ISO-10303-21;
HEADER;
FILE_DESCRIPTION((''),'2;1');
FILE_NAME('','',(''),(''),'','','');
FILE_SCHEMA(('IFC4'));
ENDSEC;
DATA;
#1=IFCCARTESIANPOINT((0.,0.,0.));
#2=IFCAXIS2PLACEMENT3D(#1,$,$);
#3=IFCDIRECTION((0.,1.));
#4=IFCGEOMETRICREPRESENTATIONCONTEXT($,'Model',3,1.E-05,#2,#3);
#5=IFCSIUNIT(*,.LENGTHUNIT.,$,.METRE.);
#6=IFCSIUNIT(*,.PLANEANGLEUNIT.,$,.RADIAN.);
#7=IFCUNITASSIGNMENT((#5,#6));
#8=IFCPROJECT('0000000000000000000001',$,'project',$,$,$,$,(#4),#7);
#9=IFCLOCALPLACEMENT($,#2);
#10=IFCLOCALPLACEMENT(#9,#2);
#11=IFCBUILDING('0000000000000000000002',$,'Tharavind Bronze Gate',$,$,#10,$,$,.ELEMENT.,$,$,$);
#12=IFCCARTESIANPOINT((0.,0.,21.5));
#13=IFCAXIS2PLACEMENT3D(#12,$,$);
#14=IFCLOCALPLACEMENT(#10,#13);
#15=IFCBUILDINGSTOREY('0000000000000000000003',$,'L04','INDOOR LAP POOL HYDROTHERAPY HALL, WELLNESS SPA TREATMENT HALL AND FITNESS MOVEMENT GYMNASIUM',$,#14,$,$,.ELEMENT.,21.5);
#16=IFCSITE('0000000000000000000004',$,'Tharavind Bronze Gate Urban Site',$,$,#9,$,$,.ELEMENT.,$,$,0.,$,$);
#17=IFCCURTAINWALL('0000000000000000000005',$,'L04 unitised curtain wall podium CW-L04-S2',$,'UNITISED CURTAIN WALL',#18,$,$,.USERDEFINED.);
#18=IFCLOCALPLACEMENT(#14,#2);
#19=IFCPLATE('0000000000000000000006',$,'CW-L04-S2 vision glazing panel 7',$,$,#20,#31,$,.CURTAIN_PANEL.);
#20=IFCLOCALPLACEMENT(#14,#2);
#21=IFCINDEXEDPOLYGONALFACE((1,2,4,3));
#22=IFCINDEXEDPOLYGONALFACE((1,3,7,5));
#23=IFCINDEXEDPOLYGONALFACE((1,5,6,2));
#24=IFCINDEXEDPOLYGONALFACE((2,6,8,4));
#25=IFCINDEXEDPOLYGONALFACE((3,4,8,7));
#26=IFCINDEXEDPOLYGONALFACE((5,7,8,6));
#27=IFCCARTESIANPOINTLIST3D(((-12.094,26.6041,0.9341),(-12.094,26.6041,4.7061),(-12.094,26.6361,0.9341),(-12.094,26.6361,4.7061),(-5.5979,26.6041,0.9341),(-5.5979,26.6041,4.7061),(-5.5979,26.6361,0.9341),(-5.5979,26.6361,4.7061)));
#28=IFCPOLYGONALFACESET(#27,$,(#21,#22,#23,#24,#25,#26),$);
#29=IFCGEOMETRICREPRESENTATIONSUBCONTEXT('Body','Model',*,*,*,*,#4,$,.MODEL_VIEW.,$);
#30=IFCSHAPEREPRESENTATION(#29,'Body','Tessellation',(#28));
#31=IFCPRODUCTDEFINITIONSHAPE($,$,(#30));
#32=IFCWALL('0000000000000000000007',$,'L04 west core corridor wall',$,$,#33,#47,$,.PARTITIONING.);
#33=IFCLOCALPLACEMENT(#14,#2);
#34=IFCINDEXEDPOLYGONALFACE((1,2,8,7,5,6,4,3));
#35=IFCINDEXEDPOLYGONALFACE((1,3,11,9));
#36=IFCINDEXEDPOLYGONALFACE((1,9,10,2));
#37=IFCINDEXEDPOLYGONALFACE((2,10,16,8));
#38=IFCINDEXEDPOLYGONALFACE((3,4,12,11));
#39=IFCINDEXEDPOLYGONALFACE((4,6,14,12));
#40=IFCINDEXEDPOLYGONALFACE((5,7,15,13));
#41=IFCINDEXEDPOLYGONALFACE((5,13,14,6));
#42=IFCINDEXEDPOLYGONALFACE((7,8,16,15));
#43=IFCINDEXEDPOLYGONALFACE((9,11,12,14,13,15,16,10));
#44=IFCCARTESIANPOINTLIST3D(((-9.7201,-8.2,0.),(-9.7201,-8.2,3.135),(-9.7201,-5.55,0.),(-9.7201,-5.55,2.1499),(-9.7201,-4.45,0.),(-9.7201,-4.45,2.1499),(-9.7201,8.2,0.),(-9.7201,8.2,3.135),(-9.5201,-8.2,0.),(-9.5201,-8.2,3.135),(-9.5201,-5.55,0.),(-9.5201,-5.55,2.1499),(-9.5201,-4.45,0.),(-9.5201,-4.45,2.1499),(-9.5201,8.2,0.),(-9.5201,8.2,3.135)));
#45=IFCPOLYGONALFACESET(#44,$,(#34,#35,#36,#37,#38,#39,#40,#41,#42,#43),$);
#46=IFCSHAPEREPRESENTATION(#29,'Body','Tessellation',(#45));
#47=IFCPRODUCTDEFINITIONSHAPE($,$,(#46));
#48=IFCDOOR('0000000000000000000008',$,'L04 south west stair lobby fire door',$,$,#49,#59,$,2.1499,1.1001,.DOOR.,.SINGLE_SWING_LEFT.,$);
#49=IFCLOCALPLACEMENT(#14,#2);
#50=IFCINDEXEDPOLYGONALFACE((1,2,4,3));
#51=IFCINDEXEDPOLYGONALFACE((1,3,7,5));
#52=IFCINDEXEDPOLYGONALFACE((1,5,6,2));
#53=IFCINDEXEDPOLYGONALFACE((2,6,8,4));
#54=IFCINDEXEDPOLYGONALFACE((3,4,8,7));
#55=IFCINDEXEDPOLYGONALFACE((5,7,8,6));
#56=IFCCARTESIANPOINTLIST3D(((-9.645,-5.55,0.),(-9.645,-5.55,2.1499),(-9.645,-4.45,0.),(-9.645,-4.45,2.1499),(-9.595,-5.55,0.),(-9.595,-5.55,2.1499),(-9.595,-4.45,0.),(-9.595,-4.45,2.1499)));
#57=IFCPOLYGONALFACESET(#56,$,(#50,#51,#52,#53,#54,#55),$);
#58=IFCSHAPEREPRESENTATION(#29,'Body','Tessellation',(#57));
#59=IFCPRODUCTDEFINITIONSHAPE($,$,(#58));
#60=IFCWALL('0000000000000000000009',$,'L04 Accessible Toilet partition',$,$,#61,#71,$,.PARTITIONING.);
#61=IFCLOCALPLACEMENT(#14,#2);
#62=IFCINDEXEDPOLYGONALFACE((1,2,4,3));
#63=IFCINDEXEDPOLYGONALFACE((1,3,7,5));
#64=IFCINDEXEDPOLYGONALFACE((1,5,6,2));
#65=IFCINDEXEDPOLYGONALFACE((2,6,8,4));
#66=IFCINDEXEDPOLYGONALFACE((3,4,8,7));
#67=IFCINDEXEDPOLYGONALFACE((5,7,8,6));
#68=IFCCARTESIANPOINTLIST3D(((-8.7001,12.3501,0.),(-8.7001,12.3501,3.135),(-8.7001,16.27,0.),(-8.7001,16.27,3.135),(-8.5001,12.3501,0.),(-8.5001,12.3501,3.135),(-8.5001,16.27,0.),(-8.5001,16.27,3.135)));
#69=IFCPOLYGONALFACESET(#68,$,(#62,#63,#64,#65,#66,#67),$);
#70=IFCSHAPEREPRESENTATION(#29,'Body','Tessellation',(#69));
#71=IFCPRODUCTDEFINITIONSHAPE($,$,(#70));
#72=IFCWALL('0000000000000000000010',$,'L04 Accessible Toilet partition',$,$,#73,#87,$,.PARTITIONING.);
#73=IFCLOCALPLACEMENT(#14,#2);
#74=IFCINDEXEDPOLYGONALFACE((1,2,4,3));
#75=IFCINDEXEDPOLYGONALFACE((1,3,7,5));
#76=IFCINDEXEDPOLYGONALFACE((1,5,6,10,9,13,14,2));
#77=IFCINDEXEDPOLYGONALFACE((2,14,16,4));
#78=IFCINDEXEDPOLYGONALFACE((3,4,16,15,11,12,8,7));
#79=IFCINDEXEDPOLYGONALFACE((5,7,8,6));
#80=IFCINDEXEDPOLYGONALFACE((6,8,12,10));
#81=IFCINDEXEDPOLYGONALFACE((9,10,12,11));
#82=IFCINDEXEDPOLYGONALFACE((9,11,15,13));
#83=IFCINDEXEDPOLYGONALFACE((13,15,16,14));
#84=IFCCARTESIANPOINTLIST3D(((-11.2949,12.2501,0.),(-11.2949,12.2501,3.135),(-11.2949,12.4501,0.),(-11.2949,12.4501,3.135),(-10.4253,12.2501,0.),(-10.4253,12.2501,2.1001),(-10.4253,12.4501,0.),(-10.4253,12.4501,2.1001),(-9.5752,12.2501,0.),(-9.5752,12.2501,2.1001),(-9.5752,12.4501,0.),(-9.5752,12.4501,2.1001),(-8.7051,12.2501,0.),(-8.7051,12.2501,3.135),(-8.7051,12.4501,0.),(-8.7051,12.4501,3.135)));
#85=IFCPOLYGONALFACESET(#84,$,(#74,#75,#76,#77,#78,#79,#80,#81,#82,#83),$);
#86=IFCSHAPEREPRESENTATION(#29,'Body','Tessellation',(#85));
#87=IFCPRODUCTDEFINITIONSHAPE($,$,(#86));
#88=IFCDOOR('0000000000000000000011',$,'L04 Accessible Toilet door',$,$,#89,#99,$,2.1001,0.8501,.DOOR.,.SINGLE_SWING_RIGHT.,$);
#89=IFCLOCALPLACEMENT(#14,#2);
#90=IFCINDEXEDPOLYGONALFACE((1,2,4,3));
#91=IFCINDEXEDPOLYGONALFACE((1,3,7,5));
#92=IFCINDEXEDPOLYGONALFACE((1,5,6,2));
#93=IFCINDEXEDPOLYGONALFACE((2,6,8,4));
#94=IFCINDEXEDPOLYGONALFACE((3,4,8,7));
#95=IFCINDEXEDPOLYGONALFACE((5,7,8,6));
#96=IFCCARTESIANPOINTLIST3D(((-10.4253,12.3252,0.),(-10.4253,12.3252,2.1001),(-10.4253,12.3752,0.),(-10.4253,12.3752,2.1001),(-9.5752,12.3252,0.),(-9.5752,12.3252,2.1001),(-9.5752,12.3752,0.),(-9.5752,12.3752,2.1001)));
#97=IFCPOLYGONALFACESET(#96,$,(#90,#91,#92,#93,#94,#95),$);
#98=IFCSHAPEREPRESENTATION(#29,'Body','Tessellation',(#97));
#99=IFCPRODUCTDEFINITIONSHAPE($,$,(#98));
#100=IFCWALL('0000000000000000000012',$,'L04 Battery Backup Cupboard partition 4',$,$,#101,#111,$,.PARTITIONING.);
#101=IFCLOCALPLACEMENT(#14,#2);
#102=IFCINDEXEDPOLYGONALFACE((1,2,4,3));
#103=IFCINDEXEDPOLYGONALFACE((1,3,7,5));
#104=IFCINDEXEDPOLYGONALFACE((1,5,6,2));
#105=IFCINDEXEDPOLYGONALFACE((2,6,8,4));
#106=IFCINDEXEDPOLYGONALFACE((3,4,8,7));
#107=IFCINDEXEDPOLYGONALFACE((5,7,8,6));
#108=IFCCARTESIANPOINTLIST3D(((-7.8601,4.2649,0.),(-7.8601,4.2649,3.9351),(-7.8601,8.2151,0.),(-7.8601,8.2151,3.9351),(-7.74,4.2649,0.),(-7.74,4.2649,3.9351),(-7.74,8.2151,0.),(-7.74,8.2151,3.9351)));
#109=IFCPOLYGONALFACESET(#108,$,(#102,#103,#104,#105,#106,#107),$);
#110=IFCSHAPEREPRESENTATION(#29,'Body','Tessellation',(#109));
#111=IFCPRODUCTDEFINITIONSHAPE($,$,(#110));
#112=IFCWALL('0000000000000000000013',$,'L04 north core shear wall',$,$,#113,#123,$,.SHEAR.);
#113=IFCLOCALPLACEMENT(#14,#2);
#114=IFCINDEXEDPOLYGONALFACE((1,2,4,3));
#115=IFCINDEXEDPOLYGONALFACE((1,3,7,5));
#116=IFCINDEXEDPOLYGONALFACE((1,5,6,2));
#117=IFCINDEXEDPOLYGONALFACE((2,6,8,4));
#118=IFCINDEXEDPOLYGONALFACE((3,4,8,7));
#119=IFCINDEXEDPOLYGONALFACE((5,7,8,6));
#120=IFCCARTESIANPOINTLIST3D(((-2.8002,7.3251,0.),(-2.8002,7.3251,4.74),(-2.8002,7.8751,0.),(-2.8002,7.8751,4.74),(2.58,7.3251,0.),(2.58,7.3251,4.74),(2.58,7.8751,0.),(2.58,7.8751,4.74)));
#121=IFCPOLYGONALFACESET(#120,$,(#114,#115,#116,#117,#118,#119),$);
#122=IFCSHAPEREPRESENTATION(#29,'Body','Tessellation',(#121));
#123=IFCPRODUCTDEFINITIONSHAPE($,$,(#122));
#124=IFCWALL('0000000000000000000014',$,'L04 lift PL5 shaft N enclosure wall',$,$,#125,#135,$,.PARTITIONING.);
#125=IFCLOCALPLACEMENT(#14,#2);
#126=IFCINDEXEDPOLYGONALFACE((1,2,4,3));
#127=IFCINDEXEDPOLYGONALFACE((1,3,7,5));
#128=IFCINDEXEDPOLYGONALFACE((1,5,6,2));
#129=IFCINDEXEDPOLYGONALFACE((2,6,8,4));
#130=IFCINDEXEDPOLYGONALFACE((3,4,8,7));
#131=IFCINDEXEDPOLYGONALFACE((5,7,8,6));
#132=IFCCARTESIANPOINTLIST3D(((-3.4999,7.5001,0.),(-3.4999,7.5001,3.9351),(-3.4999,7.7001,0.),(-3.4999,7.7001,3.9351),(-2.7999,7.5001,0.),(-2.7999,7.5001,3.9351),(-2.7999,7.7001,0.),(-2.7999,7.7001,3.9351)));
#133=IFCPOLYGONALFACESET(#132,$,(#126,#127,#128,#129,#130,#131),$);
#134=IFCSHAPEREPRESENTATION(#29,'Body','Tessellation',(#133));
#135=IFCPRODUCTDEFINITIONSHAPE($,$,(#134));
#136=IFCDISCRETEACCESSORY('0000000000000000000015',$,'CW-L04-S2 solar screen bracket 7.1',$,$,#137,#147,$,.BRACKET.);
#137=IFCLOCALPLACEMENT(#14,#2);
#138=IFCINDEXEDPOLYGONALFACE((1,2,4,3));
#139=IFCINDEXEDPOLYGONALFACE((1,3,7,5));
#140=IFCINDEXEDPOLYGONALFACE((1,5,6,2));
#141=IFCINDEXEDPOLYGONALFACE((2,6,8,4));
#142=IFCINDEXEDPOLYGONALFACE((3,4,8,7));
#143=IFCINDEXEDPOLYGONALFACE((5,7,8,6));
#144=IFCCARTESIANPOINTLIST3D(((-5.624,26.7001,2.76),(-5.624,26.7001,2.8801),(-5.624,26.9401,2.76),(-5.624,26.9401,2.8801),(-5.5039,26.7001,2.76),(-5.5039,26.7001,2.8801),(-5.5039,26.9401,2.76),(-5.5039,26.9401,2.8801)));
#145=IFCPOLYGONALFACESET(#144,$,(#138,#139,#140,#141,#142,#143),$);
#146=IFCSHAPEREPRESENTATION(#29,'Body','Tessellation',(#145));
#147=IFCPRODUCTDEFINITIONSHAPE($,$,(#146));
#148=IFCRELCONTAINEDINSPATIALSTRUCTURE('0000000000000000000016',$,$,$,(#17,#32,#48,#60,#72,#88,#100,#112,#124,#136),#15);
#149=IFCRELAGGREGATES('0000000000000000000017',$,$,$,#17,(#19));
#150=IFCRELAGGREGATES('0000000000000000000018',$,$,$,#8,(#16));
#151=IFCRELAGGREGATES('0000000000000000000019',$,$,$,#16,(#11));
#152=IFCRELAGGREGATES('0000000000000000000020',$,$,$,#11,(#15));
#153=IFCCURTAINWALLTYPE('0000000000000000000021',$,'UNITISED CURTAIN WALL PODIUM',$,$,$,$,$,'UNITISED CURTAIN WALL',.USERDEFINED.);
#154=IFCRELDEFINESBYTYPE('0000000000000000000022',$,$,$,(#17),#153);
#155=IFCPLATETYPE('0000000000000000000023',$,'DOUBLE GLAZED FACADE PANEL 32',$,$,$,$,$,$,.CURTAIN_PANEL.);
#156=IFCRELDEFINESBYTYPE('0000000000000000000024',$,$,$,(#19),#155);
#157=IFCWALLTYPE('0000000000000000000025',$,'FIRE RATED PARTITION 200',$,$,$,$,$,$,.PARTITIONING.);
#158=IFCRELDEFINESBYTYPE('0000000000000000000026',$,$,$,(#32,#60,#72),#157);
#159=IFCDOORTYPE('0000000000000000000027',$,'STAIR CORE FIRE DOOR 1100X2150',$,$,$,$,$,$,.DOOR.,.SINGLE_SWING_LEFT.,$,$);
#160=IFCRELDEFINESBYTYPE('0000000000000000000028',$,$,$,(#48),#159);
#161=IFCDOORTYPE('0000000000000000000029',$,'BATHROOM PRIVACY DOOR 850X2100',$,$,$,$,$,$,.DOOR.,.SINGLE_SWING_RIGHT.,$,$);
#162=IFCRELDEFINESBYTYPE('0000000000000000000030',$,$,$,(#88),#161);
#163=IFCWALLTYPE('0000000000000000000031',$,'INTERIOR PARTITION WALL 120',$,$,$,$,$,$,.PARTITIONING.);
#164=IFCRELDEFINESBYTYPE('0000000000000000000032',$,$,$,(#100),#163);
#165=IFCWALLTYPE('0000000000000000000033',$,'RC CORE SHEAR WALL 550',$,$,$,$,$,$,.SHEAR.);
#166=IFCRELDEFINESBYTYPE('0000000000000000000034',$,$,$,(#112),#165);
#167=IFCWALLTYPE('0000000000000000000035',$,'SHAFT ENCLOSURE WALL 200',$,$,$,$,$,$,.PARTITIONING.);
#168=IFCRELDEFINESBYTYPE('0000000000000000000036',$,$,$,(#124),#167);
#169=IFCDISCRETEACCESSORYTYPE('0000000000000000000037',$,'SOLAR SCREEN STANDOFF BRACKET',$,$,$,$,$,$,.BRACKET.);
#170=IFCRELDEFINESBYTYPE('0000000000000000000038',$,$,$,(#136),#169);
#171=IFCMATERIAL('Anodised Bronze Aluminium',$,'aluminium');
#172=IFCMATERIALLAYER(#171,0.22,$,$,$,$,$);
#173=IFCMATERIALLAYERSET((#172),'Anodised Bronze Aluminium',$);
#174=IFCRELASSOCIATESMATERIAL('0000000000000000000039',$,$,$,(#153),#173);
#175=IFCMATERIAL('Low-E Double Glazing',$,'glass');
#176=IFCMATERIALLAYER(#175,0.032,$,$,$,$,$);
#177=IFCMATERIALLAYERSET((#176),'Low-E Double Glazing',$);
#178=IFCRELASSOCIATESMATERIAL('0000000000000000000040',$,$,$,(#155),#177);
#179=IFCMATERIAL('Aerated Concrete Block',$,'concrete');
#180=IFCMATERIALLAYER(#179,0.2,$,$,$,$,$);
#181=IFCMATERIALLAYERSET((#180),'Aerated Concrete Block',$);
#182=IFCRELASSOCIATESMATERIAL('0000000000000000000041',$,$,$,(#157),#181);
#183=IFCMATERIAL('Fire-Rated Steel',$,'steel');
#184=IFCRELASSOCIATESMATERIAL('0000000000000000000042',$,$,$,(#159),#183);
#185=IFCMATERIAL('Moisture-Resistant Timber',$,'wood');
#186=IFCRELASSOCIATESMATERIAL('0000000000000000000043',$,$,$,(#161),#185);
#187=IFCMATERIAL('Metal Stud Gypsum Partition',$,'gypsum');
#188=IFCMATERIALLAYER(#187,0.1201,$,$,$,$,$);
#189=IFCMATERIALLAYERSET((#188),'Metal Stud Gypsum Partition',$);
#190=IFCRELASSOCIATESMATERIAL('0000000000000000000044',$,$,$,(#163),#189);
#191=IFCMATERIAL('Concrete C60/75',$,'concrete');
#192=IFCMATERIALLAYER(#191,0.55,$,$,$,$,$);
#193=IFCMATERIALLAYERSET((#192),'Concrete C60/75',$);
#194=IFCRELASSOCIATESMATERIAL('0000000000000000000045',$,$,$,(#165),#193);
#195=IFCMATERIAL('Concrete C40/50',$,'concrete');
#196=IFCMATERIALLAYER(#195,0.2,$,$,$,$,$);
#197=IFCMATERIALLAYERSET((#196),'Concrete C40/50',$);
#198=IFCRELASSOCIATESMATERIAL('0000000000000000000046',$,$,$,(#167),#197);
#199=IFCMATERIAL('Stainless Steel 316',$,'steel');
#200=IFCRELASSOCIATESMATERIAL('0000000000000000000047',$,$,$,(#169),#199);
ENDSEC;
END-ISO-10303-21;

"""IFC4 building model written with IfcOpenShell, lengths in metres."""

from ifc_helpers import new_model, si_unit, direction, frame, frame_2d, origin, origin_2d, place, context, subcontext, project, spatial, rectangle, extrude, material, layer, layer_set, type_object, element, fill, aggregate, save


model = new_model("IFC4")

# Units and contexts
model_context = context("Model", 3, precision=1e-05, world=origin(), true_north=direction((0.0, 1.0)))
body_context = subcontext(model_context, "Body", "Model", "MODEL_VIEW")
ifc_project = project(units=[si_unit("LENGTHUNIT", "METRE"), si_unit("PLANEANGLEUNIT", "RADIAN")], contexts=[model_context])

# Site, building, storey
site_placement = place(None, origin())
site = spatial("IfcSite", under=ifc_project, at=site_placement, Name="Tharavind Bronze Gate Urban Site", CompositionType="ELEMENT", RefElevation=0.0)
building_placement = place(site_placement, origin())
building = spatial("IfcBuilding", under=site, at=building_placement, Name="Tharavind Bronze Gate", CompositionType="ELEMENT")
storey_placement = place(building_placement, frame((0.0, 0.0, 21.5)))
storey = spatial("IfcBuildingStorey", under=building, at=storey_placement, Name="L04", Description="INDOOR LAP POOL HYDROTHERAPY HALL, WELLNESS SPA TREATMENT HALL AND FITNESS MOVEMENT GYMNASIUM", CompositionType="ELEMENT", Elevation=21.5)

# Curtain wall
ifc_material_1 = material(Name="Anodised Bronze Aluminium", Category="aluminium")
ifc_layer_1 = layer(ifc_material_1, 0.22)
ifc_layer_set_1 = layer_set([ifc_layer_1], Name="Anodised Bronze Aluminium")
curtain_wall_type = type_object("IfcCurtainWallType", Name="UNITISED CURTAIN WALL PODIUM", ElementType="UNITISED CURTAIN WALL", PredefinedType="USERDEFINED", material=ifc_layer_set_1)
curtain_wall_placement = place(storey_placement, origin())
curtain_wall = element("IfcCurtainWall", 1, at=curtain_wall_placement, inside=storey, type_object=curtain_wall_type, Name="L04 unitised curtain wall podium CW-L04-S2", ObjectType="UNITISED CURTAIN WALL", PredefinedType="USERDEFINED")

# Plate
ifc_material_2 = material(Name="Low-E Double Glazing", Category="glass")
ifc_layer_2 = layer(ifc_material_2, 0.032)
ifc_layer_set_2 = layer_set([ifc_layer_2], Name="Low-E Double Glazing")
plate_type_1 = type_object("IfcPlateType", Name="DOUBLE GLAZED FACADE PANEL 32", PredefinedType="CURTAIN_PANEL", material=ifc_layer_set_2)
plate_1_placement = place(storey_placement, frame((-8.8459, 26.6201, 0.9341), z_axis=(0.0, 0.0, 1.0), x_axis=(-1.0, 0.0, 0.0)))
plate_1 = element("IfcPlate", 2, at=plate_1_placement, type_object=plate_type_1, Name="CW-L04-S2 vision glazing panel 7", PredefinedType="CURTAIN_PANEL", context=body_context, shape_type="SweptSolid", body=[
    extrude(rectangle(XDim=6.4961, YDim=0.032, at=origin_2d()), origin(), (0.0, 0.0, 1.0), 3.772),
])
aggregate(curtain_wall, [plate_1])

# Wall, opening, door
ifc_material_3 = material(Name="Aerated Concrete Block", Category="concrete")
ifc_layer_3 = layer(ifc_material_3, 0.2)
ifc_layer_set_3 = layer_set([ifc_layer_3], Name="Aerated Concrete Block")
wall_type_1 = type_object("IfcWallType", Name="FIRE RATED PARTITION 200", PredefinedType="PARTITIONING", material=ifc_layer_set_3)
wall_1_placement = place(storey_placement, frame((-9.6201, 8.2, 0.0), z_axis=(0.0, 0.0, 1.0), x_axis=(0.0, -1.0, 0.0)))
wall_1 = element("IfcWall", 3, at=wall_1_placement, inside=storey, type_object=wall_type_1, Name="L04 west core corridor wall", PredefinedType="PARTITIONING", context=body_context, shape_type="SweptSolid", body=[
    extrude(rectangle(XDim=16.3999, YDim=0.2, at=frame_2d((8.2, 0.0))), origin(), (0.0, 0.0, 1.0), 3.135),
])
opening_1_placement = place(wall_1_placement, frame((12.6499, 0.0, 0.0)))
opening_1 = element("IfcOpeningElement", 4, at=opening_1_placement, cuts=wall_1, PredefinedType="OPENING", context=body_context, shape_type="SweptSolid", body=[
    extrude(rectangle(XDim=1.1001, YDim=2.1499, at=frame_2d((0.55, 1.075))), frame((0.0, 0.1101, 0.0), z_axis=(0.0, -1.0, 0.0), x_axis=(1.0, 0.0, 0.0)), (0.0, 0.0, 1.0), 0.22),
])
ifc_material_4 = material(Name="Fire-Rated Steel", Category="steel")
door_type_1 = type_object("IfcDoorType", Name="STAIR CORE FIRE DOOR 1100X2150", OperationType="SINGLE_SWING_LEFT", PredefinedType="DOOR", material=ifc_material_4)
door_1_placement = place(opening_1_placement, frame((1.1001, 0.0, 0.0), z_axis=(0.0, 0.0, 1.0), x_axis=(-1.0, 0.0, 0.0)))
door_1 = element("IfcDoor", 5, at=door_1_placement, inside=storey, type_object=door_type_1, Name="L04 south west stair lobby fire door", OperationType="SINGLE_SWING_LEFT", OverallHeight=2.1499, OverallWidth=1.1001, PredefinedType="DOOR", context=body_context, shape_type="SweptSolid", body=[
    extrude(rectangle(XDim=1.1001, YDim=2.1499, at=frame_2d((0.55, 1.075))), frame((0.0, 0.0249, 0.0), z_axis=(0.0, -1.0, 0.0), x_axis=(1.0, 0.0, 0.0)), (0.0, 0.0, 1.0), 0.05),
])
fill(opening_1, door_1)

# Wall
wall_2_placement = place(storey_placement, frame((-8.6001, 16.27, 0.0), z_axis=(0.0, 0.0, 1.0), x_axis=(0.0, -1.0, 0.0)))
element("IfcWall", 6, at=wall_2_placement, inside=storey, type_object=wall_type_1, Name="L04 Accessible Toilet partition", PredefinedType="PARTITIONING", context=body_context, shape_type="SweptSolid", body=[
    extrude(rectangle(XDim=3.9199, YDim=0.2, at=frame_2d((1.96, 0.0))), origin(), (0.0, 0.0, 1.0), 3.135),
])

# Wall, opening, door
wall_3_placement = place(storey_placement, frame((-8.7051, 12.3501, 0.0), z_axis=(0.0, 0.0, 1.0), x_axis=(-1.0, 0.0, 0.0)))
wall_3 = element("IfcWall", 7, at=wall_3_placement, inside=storey, type_object=wall_type_1, Name="L04 Accessible Toilet partition", PredefinedType="PARTITIONING", context=body_context, shape_type="SweptSolid", body=[
    extrude(rectangle(XDim=2.5898, YDim=0.2, at=frame_2d((1.2949, 0.0))), origin(), (0.0, 0.0, 1.0), 3.135),
])
opening_2_placement = place(wall_3_placement, frame((0.8701, 0.0, 0.0)))
opening_2 = element("IfcOpeningElement", 8, at=opening_2_placement, cuts=wall_3, PredefinedType="OPENING", context=body_context, shape_type="SweptSolid", body=[
    extrude(rectangle(XDim=0.8501, YDim=2.1001, at=frame_2d((0.425, 1.05))), frame((0.0, 0.1101, 0.0), z_axis=(0.0, -1.0, 0.0), x_axis=(1.0, 0.0, 0.0)), (0.0, 0.0, 1.0), 0.22),
])
ifc_material_5 = material(Name="Moisture-Resistant Timber", Category="wood")
door_type_2 = type_object("IfcDoorType", Name="BATHROOM PRIVACY DOOR 850X2100", OperationType="SINGLE_SWING_RIGHT", PredefinedType="DOOR", material=ifc_material_5)
door_2_placement = place(opening_2_placement, origin())
door_2 = element("IfcDoor", 9, at=door_2_placement, inside=storey, type_object=door_type_2, Name="L04 Accessible Toilet door", OperationType="SINGLE_SWING_RIGHT", OverallHeight=2.1001, OverallWidth=0.8501, PredefinedType="DOOR", context=body_context, shape_type="SweptSolid", body=[
    extrude(rectangle(XDim=0.8501, YDim=2.1001, at=frame_2d((0.425, 1.05))), frame((0.0, 0.0249, 0.0), z_axis=(0.0, -1.0, 0.0), x_axis=(1.0, 0.0, 0.0)), (0.0, 0.0, 1.0), 0.05),
])
fill(opening_2, door_2)

# Walls
ifc_material_6 = material(Name="Metal Stud Gypsum Partition", Category="gypsum")
ifc_layer_4 = layer(ifc_material_6, 0.1201)
ifc_layer_set_4 = layer_set([ifc_layer_4], Name="Metal Stud Gypsum Partition")
wall_type_2 = type_object("IfcWallType", Name="INTERIOR PARTITION WALL 120", PredefinedType="PARTITIONING", material=ifc_layer_set_4)
wall_4_placement = place(storey_placement, frame((-7.8, 8.2151, 0.0), z_axis=(0.0, 0.0, 1.0), x_axis=(0.0, -1.0, 0.0)))
element("IfcWall", 10, at=wall_4_placement, inside=storey, type_object=wall_type_2, Name="L04 Battery Backup Cupboard partition 4", PredefinedType="PARTITIONING", context=body_context, shape_type="SweptSolid", body=[
    extrude(rectangle(XDim=3.9502, YDim=0.1201, at=frame_2d((1.9751, 0.0))), origin(), (0.0, 0.0, 1.0), 3.9351),
])
ifc_material_7 = material(Name="Concrete C60/75", Category="concrete")
ifc_layer_5 = layer(ifc_material_7, 0.55)
ifc_layer_set_5 = layer_set([ifc_layer_5], Name="Concrete C60/75")
wall_type_3 = type_object("IfcWallType", Name="RC CORE SHEAR WALL 550", PredefinedType="SHEAR", material=ifc_layer_set_5)
wall_5_placement = place(storey_placement, frame((-2.8, 7.6001, 0.0), z_axis=(0.0, 0.0, 1.0), x_axis=(1.0, 0.0, 0.0)))
element("IfcWall", 11, at=wall_5_placement, inside=storey, type_object=wall_type_3, Name="L04 north core shear wall", PredefinedType="SHEAR", context=body_context, shape_type="SweptSolid", body=[
    extrude(rectangle(XDim=5.3801, YDim=0.55, at=frame_2d((2.6899, 0.0))), origin(), (0.0, 0.0, 1.0), 4.74),
])
ifc_material_8 = material(Name="Concrete C40/50", Category="concrete")
ifc_layer_6 = layer(ifc_material_8, 0.2)
ifc_layer_set_6 = layer_set([ifc_layer_6], Name="Concrete C40/50")
wall_type_4 = type_object("IfcWallType", Name="SHAFT ENCLOSURE WALL 200", PredefinedType="PARTITIONING", material=ifc_layer_set_6)
wall_6_placement = place(storey_placement, frame((-3.5, 7.6001, 0.0), z_axis=(0.0, 0.0, 1.0), x_axis=(1.0, 0.0, 0.0)))
element("IfcWall", 12, at=wall_6_placement, inside=storey, type_object=wall_type_4, Name="L04 lift PL5 shaft N enclosure wall", PredefinedType="PARTITIONING", context=body_context, shape_type="SweptSolid", body=[
    extrude(rectangle(XDim=0.7, YDim=0.2, at=frame_2d((0.3501, 0.0))), origin(), (0.0, 0.0, 1.0), 3.9351),
])

# Discrete accessory
ifc_material_9 = material(Name="Stainless Steel 316", Category="steel")
discrete_accessory_type = type_object("IfcDiscreteAccessoryType", Name="SOLAR SCREEN STANDOFF BRACKET", PredefinedType="BRACKET", material=ifc_material_9)
discrete_accessory_placement = place(storey_placement, frame((-5.564, 26.8201, 2.76), z_axis=(0.0, 0.0, 1.0), x_axis=(-1.0, 0.0, 0.0)))
element("IfcDiscreteAccessory", 13, at=discrete_accessory_placement, inside=storey, type_object=discrete_accessory_type, Name="CW-L04-S2 solar screen bracket 7.1", PredefinedType="BRACKET", context=body_context, shape_type="SweptSolid", body=[
    extrude(rectangle(XDim=0.1201, YDim=0.24, at=origin_2d()), origin(), (0.0, 0.0, 1.0), 0.1201),
])

save(model, "model.ifc")
